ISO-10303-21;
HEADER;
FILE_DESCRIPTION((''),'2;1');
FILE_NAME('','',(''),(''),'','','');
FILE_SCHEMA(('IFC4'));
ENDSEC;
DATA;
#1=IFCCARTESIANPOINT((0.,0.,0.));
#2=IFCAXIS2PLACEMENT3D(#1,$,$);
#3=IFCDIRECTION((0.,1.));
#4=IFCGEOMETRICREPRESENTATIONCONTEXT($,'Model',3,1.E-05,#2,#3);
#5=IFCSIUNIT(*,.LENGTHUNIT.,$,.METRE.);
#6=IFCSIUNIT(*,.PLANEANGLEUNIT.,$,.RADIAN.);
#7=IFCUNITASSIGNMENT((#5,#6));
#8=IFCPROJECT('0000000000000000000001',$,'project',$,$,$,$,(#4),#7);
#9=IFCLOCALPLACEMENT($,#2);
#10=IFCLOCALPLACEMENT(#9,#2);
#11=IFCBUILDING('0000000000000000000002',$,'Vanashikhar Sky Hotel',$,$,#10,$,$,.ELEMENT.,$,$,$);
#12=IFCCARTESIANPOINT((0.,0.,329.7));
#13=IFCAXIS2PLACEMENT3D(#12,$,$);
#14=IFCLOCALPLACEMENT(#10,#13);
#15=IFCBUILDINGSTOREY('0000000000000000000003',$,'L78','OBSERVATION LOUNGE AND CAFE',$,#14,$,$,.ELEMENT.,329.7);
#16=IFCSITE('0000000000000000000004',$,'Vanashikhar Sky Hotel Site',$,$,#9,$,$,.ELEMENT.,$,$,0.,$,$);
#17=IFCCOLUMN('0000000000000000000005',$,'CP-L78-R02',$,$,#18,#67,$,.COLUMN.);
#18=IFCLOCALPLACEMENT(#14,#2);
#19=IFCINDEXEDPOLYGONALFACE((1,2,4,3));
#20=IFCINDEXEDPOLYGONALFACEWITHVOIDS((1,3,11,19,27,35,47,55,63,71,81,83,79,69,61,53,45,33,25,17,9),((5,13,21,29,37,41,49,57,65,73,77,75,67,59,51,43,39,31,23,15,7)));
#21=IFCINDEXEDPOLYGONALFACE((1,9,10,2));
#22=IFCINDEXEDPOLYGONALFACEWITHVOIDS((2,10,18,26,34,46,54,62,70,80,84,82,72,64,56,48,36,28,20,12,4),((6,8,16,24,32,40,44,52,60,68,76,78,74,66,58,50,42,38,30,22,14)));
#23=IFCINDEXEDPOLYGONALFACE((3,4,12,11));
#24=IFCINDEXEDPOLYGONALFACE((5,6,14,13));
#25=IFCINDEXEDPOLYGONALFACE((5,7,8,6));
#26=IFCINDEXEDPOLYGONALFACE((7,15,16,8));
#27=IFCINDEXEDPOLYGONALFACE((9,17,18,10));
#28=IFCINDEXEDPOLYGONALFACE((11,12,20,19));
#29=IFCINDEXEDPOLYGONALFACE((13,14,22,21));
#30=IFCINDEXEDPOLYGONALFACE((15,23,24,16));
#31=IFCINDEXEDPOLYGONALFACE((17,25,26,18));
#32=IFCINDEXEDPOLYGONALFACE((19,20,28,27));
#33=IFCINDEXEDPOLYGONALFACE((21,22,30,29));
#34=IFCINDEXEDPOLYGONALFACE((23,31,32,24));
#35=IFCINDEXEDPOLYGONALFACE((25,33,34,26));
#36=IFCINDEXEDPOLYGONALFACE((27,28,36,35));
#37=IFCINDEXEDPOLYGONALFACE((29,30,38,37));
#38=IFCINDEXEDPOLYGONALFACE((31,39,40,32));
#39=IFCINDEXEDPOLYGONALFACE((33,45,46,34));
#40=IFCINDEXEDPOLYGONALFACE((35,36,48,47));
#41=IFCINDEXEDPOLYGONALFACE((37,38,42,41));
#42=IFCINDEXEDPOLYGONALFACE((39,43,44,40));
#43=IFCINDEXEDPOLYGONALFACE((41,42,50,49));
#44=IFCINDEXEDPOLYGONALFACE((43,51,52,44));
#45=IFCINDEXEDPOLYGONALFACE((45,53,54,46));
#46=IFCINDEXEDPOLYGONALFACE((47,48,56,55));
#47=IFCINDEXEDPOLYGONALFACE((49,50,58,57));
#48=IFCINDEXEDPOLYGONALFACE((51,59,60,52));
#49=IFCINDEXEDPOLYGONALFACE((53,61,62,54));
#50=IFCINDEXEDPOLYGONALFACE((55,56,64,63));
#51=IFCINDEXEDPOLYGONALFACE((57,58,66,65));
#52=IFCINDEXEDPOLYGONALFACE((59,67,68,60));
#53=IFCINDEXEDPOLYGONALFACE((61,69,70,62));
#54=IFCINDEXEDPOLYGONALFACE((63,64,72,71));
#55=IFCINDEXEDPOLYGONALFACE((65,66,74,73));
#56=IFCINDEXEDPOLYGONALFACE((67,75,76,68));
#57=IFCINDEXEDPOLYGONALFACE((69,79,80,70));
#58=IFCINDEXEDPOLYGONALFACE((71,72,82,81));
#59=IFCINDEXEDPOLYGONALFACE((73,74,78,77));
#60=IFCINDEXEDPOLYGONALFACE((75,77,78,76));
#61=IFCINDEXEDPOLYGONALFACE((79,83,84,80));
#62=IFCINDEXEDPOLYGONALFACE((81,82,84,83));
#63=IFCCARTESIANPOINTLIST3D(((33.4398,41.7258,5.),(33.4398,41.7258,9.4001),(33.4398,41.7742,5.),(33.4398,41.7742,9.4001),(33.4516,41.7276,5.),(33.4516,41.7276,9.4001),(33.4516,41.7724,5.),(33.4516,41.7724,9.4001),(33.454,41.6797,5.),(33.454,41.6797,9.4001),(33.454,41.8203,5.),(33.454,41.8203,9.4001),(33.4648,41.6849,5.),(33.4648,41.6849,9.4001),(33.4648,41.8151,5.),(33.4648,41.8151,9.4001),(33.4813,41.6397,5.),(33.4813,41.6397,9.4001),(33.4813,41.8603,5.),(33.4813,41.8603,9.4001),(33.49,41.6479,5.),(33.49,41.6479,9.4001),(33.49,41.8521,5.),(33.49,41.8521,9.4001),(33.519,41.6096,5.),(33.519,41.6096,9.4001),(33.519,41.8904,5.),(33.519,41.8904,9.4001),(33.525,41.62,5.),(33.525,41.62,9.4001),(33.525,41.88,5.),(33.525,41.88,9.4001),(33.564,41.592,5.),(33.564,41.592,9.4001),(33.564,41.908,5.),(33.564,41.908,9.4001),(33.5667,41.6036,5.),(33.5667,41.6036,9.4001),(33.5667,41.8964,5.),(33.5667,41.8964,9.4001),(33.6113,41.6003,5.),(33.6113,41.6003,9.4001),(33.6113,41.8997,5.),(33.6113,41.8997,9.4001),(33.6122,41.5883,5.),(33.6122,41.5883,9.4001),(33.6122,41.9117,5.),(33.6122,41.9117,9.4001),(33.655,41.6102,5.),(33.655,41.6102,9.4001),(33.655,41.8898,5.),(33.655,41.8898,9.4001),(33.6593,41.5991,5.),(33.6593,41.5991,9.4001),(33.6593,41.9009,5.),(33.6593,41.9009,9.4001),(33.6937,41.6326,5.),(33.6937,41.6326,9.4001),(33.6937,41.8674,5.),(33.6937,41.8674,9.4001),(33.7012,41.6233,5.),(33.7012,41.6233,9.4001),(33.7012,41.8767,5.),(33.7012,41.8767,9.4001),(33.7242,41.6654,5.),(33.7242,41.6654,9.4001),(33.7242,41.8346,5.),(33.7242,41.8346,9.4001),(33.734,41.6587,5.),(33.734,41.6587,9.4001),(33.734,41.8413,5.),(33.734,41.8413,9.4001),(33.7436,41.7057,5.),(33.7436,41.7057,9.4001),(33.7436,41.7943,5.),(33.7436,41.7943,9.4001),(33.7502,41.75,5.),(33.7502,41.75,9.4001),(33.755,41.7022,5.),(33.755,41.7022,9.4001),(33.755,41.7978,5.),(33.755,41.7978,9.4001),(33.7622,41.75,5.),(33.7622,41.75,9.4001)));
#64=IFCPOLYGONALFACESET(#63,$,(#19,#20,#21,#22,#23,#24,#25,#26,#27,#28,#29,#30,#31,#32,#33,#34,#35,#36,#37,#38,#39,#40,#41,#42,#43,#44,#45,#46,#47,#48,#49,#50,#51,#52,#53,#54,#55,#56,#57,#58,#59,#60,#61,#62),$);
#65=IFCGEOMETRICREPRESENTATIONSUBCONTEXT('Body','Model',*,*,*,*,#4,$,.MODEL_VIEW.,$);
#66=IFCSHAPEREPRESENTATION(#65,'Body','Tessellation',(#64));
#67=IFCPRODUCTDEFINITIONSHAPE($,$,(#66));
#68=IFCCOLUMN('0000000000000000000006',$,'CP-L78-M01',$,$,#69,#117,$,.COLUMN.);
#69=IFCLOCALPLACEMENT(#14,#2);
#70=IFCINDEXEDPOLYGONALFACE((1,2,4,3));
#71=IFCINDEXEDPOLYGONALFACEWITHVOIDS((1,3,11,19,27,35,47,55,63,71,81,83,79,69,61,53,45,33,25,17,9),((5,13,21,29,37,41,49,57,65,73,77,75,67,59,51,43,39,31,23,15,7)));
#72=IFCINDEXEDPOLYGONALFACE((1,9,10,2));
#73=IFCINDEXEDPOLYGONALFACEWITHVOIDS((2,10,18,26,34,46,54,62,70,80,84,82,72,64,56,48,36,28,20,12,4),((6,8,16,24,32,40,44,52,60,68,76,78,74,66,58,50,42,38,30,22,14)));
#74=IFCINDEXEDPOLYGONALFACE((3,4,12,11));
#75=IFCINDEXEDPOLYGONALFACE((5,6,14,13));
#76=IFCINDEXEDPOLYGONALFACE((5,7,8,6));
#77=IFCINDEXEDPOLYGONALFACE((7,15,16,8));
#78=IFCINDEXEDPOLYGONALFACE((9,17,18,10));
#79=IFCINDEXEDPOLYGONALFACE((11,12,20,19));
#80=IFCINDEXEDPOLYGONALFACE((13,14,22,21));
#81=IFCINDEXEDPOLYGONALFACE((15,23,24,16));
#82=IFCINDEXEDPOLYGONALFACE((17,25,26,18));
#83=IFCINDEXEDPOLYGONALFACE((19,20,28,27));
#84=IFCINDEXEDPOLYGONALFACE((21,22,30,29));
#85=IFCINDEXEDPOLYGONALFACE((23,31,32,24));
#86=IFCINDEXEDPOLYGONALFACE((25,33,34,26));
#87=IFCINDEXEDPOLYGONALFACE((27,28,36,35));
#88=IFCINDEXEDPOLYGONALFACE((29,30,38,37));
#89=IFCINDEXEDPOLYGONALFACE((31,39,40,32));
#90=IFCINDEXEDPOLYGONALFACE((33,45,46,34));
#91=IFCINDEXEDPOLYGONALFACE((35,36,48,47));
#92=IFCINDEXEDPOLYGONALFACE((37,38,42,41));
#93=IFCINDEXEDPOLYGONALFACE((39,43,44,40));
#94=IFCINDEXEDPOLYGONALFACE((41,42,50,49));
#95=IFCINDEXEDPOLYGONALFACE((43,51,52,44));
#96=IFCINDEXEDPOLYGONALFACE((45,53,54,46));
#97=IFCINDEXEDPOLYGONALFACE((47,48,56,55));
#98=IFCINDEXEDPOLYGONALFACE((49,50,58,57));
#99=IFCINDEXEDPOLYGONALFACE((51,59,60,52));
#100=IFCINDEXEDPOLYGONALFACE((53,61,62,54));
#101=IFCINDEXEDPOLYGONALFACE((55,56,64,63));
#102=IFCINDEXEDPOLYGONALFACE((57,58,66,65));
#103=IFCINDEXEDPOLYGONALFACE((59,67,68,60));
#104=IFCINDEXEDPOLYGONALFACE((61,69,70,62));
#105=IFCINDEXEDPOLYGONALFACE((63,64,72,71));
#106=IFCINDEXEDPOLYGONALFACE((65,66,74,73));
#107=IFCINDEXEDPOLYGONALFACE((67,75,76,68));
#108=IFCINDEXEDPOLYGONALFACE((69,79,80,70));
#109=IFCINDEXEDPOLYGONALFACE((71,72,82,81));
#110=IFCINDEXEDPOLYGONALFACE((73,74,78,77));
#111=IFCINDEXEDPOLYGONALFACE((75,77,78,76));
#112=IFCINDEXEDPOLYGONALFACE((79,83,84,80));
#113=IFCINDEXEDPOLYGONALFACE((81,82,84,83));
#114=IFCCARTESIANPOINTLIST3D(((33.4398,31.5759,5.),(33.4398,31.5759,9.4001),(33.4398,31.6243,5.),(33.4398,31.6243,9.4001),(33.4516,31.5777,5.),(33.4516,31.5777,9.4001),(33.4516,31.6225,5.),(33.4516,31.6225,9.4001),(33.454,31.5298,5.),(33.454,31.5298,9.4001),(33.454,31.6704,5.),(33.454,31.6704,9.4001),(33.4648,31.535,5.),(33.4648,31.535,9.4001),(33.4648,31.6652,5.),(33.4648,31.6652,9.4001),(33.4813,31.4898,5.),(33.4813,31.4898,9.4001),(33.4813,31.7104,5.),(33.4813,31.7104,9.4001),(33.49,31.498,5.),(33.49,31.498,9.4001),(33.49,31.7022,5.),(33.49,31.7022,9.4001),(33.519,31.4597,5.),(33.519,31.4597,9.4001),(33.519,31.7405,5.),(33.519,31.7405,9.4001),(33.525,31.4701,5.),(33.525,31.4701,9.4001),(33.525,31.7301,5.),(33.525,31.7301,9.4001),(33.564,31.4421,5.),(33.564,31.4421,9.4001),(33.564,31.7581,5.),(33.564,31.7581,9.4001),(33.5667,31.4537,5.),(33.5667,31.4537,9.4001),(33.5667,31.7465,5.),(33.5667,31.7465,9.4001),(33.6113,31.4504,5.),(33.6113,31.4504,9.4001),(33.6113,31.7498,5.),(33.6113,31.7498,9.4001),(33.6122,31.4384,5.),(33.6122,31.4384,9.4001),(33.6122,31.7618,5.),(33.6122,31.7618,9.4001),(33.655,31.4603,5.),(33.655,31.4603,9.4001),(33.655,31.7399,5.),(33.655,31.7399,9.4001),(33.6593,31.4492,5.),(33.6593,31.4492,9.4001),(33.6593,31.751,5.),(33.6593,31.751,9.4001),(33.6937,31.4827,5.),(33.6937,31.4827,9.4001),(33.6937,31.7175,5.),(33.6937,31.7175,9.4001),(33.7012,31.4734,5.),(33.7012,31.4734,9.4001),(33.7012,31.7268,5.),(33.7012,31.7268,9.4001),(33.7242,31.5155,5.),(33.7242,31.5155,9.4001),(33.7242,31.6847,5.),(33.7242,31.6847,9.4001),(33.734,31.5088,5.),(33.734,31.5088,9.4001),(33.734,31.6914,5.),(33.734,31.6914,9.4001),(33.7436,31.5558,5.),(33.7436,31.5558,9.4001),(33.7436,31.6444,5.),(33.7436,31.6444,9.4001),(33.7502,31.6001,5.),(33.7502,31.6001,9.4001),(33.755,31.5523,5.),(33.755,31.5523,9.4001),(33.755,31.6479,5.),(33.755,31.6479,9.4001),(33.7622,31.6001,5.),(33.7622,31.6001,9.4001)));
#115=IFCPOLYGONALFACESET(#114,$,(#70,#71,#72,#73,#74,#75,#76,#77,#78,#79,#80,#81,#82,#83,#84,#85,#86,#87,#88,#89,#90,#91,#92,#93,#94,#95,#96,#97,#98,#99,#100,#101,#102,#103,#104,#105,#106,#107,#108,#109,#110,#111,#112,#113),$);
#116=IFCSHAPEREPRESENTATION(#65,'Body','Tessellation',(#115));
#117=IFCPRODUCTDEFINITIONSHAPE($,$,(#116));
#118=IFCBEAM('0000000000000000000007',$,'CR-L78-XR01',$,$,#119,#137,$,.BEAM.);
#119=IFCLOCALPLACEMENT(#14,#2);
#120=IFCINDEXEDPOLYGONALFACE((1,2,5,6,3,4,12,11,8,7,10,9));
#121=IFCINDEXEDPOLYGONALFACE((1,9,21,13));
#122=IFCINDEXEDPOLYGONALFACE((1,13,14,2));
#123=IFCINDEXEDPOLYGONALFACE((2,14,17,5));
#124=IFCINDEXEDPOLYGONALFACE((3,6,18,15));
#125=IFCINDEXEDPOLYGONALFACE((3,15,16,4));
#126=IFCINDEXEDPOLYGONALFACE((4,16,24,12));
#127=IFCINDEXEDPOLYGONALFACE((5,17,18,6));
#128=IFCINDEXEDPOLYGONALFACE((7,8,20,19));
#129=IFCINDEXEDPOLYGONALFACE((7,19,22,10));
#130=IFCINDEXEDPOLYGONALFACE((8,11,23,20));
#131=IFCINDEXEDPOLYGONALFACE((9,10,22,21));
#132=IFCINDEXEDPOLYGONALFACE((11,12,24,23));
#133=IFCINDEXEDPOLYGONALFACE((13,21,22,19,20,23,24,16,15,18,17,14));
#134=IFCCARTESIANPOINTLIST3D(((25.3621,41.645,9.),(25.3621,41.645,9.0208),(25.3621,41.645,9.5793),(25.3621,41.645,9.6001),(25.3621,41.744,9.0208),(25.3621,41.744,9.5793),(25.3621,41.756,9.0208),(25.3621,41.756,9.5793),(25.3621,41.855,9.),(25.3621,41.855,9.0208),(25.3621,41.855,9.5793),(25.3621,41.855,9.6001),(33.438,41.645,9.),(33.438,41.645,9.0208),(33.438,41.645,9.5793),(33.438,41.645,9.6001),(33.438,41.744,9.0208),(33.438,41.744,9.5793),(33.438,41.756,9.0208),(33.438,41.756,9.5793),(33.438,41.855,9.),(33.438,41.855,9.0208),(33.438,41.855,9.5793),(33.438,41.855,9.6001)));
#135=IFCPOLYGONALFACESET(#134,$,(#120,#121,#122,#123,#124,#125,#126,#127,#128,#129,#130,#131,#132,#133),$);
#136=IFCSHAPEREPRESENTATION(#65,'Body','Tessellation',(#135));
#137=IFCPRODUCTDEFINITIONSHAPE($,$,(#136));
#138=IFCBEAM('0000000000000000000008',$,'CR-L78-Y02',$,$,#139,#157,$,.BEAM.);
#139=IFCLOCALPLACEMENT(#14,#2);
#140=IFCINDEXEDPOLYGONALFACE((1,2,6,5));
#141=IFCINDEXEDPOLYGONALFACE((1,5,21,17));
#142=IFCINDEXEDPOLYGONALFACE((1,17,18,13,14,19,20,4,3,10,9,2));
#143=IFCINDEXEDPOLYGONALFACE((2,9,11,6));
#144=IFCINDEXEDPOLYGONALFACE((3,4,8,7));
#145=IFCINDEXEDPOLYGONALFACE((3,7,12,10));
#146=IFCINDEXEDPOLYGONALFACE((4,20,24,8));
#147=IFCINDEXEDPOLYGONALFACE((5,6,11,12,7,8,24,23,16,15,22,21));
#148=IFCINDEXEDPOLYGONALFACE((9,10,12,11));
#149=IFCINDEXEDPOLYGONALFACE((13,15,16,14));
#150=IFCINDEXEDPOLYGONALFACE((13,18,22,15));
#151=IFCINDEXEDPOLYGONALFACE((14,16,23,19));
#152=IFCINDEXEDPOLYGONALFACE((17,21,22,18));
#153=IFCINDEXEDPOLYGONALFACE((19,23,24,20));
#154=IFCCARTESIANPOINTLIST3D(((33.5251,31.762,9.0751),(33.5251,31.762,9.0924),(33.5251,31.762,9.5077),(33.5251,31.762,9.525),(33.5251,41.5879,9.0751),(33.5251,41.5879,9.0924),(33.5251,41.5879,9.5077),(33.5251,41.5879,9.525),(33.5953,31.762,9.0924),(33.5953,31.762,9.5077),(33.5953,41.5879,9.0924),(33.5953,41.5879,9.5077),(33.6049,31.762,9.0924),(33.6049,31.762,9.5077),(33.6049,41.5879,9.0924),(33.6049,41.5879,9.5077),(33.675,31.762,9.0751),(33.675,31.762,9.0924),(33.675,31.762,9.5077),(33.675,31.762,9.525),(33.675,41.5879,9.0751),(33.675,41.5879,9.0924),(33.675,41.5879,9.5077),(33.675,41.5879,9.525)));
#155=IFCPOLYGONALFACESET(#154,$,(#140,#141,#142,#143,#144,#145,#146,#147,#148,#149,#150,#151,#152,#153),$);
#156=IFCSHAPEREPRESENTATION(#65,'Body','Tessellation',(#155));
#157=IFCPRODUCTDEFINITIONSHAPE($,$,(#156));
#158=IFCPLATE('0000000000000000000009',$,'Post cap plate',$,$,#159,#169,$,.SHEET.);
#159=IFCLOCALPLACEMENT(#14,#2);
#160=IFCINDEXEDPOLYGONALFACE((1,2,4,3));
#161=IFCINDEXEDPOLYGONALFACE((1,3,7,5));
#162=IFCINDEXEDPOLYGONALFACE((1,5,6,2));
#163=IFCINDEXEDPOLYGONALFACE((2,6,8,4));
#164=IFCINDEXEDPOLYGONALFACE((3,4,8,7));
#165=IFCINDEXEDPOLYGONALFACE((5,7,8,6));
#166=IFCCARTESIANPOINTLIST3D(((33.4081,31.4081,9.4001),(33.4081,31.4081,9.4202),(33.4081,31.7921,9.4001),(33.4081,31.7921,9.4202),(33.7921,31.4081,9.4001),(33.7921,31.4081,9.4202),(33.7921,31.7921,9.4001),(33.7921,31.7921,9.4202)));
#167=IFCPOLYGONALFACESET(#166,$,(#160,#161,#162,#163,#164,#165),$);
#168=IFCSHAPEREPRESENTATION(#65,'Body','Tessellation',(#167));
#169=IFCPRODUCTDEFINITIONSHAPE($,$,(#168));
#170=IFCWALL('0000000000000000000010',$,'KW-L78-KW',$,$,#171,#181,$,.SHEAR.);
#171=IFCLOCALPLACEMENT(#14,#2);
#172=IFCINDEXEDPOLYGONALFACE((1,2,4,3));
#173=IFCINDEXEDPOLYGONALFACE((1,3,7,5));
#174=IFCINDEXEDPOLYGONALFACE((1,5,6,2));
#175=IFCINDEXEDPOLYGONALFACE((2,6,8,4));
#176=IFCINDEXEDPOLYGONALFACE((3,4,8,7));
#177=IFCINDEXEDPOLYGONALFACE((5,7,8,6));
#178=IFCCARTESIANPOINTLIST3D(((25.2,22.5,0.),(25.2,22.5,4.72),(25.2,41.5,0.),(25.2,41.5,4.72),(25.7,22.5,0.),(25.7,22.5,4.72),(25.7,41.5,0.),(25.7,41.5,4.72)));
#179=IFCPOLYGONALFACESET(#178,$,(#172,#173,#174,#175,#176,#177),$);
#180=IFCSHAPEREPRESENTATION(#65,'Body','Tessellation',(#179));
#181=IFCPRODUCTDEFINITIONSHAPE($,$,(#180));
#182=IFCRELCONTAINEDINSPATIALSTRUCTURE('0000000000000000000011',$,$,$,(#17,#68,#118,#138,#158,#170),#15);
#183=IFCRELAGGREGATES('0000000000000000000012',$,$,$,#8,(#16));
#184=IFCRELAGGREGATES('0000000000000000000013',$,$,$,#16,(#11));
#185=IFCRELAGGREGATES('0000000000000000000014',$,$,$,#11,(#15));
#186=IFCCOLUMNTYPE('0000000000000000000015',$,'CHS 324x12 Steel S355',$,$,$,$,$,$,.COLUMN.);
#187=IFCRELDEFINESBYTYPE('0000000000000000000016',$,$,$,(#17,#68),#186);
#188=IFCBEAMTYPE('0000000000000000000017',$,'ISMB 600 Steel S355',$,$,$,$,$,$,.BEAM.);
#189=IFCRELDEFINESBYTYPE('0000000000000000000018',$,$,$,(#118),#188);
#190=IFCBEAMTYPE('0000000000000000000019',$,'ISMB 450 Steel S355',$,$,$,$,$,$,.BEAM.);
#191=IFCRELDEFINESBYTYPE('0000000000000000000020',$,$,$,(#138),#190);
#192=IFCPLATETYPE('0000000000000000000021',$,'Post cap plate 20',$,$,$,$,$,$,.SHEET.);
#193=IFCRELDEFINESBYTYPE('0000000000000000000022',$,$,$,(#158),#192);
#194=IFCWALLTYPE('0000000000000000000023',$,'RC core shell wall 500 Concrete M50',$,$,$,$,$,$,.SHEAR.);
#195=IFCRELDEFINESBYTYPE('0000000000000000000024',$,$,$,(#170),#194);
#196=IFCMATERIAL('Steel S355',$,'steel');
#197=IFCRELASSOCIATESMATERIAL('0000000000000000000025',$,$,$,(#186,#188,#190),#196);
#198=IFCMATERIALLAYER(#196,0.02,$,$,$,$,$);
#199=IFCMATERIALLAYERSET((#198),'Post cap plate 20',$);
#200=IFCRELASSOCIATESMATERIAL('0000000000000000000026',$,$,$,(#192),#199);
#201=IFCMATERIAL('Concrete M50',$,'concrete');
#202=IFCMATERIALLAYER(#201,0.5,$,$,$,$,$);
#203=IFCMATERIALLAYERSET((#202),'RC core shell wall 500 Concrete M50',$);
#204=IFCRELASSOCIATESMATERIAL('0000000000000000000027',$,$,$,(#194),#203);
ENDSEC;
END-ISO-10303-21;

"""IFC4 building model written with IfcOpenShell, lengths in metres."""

from ifc_helpers import new_model, si_unit, direction, frame, frame_2d, origin, origin_2d, place, context, subcontext, project, spatial, rectangle, hollow_circle, i_section, extrude, source, transform, mapped, material, layer, layer_set, material_profile, profile_set, type_object, element, save


model = new_model("IFC4")

# Units and contexts
model_context = context("Model", 3, precision=1e-05, world=origin(), true_north=direction((0.0, 1.0)))
body_context = subcontext(model_context, "Body", "Model", "MODEL_VIEW")
ifc_project = project(units=[si_unit("LENGTHUNIT", "METRE"), si_unit("PLANEANGLEUNIT", "RADIAN")], contexts=[model_context])

# Site, building, storey
site_placement = place(None, origin())
site = spatial("IfcSite", under=ifc_project, at=site_placement, Name="Vanashikhar Sky Hotel Site", CompositionType="ELEMENT", RefElevation=0.0)
building_placement = place(site_placement, origin())
building = spatial("IfcBuilding", under=site, at=building_placement, Name="Vanashikhar Sky Hotel", CompositionType="ELEMENT")
storey_placement = place(building_placement, frame((0.0, 0.0, 329.7)))
storey = spatial("IfcBuildingStorey", under=building, at=storey_placement, Name="L78", Description="OBSERVATION LOUNGE AND CAFE", CompositionType="ELEMENT", Elevation=329.7)

# Columns
ifc_material_1 = material(Name="Steel S355", Category="steel")
ifc_material_profile_1 = material_profile(ifc_material_1, hollow_circle(Radius=0.1621, WallThickness=0.012, at=origin_2d()))
ifc_profile_set_1 = profile_set([ifc_material_profile_1], Name="CHS 324x12 Steel S355")
column_type = type_object("IfcColumnType", Name="CHS 324x12 Steel S355", PredefinedType="COLUMN", material=ifc_profile_set_1)
shared_shape_1 = source(origin(), body_context, "Body", "SweptSolid", [
    extrude(hollow_circle(Radius=0.1621, WallThickness=0.012, at=origin_2d()), origin(), (0.0, 0.0, 1.0), 4.4001),
])
for number, where, z_axis, x_axis, name in (
    (1, (33.6001, 41.75, 5.0), (0.0, 0.0, 1.0), (1.0, 0.0, 0.0), "CP-L78-R02"),
    (2, (33.6001, 31.6001, 5.0), (0.0, 0.0, 1.0), (1.0, 0.0, 0.0), "CP-L78-M01"),
):
    element("IfcColumn", number, at=place(storey_placement, frame(where, z_axis=z_axis, x_axis=x_axis)), inside=storey, type_object=column_type, Name=name, PredefinedType="COLUMN", context=body_context, shape_type="MappedRepresentation", body=[
        mapped(shared_shape_1, transform((0.0, 0.0, 0.0), scale=1.0)),
    ])

# Beams
ifc_material_profile_2 = material_profile(ifc_material_1, i_section(OverallWidth=0.21, OverallDepth=0.6001, WebThickness=0.012, FlangeThickness=0.0208, at=origin_2d()), Name="ISMB 600")
ifc_profile_set_2 = profile_set([ifc_material_profile_2], Name="Steel S355")
beam_type_1 = type_object("IfcBeamType", Name="ISMB 600 Steel S355", PredefinedType="BEAM", material=ifc_profile_set_2)
shared_shape_2 = source(origin(), body_context, "Body", "SweptSolid", [
    extrude(i_section(OverallWidth=0.21, OverallDepth=0.6001, WebThickness=0.012, FlangeThickness=0.0208, at=origin_2d()), origin(), (0.0, 0.0, 1.0), 8.0759),
])
beam_1_placement = place(storey_placement, frame((25.3621, 41.75, 9.3), z_axis=(1.0, 0.0, 0.0), x_axis=(0.0, 1.0, 0.0)))
element("IfcBeam", 3, at=beam_1_placement, inside=storey, type_object=beam_type_1, Name="CR-L78-XR01", PredefinedType="BEAM", context=body_context, shape_type="MappedRepresentation", body=[
    mapped(shared_shape_2, transform((0.0, 0.0, 0.0), scale=1.0)),
])
ifc_material_profile_3 = material_profile(ifc_material_1, i_section(OverallWidth=0.1499, OverallDepth=0.45, WebThickness=0.0095, FlangeThickness=0.0173, at=origin_2d()), Name="ISMB 450")
ifc_profile_set_3 = profile_set([ifc_material_profile_3], Name="Steel S355")
beam_type_2 = type_object("IfcBeamType", Name="ISMB 450 Steel S355", PredefinedType="BEAM", material=ifc_profile_set_3)
shared_shape_3 = source(origin(), body_context, "Body", "SweptSolid", [
    extrude(i_section(OverallWidth=0.1499, OverallDepth=0.45, WebThickness=0.0095, FlangeThickness=0.0173, at=origin_2d()), origin(), (0.0, 0.0, 1.0), 9.8259),
])
beam_2_placement = place(storey_placement, frame((33.6001, 31.762, 9.3), z_axis=(0.0, 1.0, 0.0), x_axis=(-1.0, 0.0, 0.0)))
element("IfcBeam", 4, at=beam_2_placement, inside=storey, type_object=beam_type_2, Name="CR-L78-Y02", PredefinedType="BEAM", context=body_context, shape_type="MappedRepresentation", body=[
    mapped(shared_shape_3, transform((0.0, 0.0, 0.0), scale=1.0)),
])

# Plate
ifc_layer_1 = layer(ifc_material_1, 0.02)
ifc_layer_set_1 = layer_set([ifc_layer_1], Name="Post cap plate 20")
plate_type = type_object("IfcPlateType", Name="Post cap plate 20", PredefinedType="SHEET", material=ifc_layer_set_1)
shared_shape_4 = source(origin(), body_context, "Body", "SweptSolid", [
    extrude(rectangle(XDim=0.384, YDim=0.384, at=origin_2d()), origin(), (0.0, 0.0, 1.0), 0.02),
])
plate_placement = place(storey_placement, frame((33.6001, 31.6001, 9.4001), z_axis=(0.0, 0.0, 1.0), x_axis=(1.0, 0.0, 0.0)))
element("IfcPlate", 5, at=plate_placement, inside=storey, type_object=plate_type, Name="Post cap plate", PredefinedType="SHEET", context=body_context, shape_type="MappedRepresentation", body=[
    mapped(shared_shape_4, transform((0.0, 0.0, 0.0), scale=1.0)),
])

# Wall
ifc_material_2 = material(Name="Concrete M50", Category="concrete")
ifc_layer_2 = layer(ifc_material_2, 0.5)
ifc_layer_set_2 = layer_set([ifc_layer_2], Name="RC core shell wall 500 Concrete M50")
wall_type_1 = type_object("IfcWallType", Name="RC core shell wall 500 Concrete M50", PredefinedType="SHEAR", material=ifc_layer_set_2)
shared_shape_5 = source(origin(), body_context, "Body", "SweptSolid", [
    extrude(rectangle(XDim=19.0, YDim=0.5, at=frame_2d((9.5, 0.0))), origin(), (0.0, 0.0, 1.0), 4.72),
])
wall_1_placement = place(storey_placement, frame((25.45, 22.5, 0.0), z_axis=(0.0, 0.0, 1.0), x_axis=(0.0, 1.0, 0.0)))
element("IfcWall", 6, at=wall_1_placement, inside=storey, type_object=wall_type_1, Name="KW-L78-KW", PredefinedType="SHEAR", context=body_context, shape_type="MappedRepresentation", body=[
    mapped(shared_shape_5, transform((0.0, 0.0, 0.0), scale=1.0)),
])

save(model, "model.ifc")
